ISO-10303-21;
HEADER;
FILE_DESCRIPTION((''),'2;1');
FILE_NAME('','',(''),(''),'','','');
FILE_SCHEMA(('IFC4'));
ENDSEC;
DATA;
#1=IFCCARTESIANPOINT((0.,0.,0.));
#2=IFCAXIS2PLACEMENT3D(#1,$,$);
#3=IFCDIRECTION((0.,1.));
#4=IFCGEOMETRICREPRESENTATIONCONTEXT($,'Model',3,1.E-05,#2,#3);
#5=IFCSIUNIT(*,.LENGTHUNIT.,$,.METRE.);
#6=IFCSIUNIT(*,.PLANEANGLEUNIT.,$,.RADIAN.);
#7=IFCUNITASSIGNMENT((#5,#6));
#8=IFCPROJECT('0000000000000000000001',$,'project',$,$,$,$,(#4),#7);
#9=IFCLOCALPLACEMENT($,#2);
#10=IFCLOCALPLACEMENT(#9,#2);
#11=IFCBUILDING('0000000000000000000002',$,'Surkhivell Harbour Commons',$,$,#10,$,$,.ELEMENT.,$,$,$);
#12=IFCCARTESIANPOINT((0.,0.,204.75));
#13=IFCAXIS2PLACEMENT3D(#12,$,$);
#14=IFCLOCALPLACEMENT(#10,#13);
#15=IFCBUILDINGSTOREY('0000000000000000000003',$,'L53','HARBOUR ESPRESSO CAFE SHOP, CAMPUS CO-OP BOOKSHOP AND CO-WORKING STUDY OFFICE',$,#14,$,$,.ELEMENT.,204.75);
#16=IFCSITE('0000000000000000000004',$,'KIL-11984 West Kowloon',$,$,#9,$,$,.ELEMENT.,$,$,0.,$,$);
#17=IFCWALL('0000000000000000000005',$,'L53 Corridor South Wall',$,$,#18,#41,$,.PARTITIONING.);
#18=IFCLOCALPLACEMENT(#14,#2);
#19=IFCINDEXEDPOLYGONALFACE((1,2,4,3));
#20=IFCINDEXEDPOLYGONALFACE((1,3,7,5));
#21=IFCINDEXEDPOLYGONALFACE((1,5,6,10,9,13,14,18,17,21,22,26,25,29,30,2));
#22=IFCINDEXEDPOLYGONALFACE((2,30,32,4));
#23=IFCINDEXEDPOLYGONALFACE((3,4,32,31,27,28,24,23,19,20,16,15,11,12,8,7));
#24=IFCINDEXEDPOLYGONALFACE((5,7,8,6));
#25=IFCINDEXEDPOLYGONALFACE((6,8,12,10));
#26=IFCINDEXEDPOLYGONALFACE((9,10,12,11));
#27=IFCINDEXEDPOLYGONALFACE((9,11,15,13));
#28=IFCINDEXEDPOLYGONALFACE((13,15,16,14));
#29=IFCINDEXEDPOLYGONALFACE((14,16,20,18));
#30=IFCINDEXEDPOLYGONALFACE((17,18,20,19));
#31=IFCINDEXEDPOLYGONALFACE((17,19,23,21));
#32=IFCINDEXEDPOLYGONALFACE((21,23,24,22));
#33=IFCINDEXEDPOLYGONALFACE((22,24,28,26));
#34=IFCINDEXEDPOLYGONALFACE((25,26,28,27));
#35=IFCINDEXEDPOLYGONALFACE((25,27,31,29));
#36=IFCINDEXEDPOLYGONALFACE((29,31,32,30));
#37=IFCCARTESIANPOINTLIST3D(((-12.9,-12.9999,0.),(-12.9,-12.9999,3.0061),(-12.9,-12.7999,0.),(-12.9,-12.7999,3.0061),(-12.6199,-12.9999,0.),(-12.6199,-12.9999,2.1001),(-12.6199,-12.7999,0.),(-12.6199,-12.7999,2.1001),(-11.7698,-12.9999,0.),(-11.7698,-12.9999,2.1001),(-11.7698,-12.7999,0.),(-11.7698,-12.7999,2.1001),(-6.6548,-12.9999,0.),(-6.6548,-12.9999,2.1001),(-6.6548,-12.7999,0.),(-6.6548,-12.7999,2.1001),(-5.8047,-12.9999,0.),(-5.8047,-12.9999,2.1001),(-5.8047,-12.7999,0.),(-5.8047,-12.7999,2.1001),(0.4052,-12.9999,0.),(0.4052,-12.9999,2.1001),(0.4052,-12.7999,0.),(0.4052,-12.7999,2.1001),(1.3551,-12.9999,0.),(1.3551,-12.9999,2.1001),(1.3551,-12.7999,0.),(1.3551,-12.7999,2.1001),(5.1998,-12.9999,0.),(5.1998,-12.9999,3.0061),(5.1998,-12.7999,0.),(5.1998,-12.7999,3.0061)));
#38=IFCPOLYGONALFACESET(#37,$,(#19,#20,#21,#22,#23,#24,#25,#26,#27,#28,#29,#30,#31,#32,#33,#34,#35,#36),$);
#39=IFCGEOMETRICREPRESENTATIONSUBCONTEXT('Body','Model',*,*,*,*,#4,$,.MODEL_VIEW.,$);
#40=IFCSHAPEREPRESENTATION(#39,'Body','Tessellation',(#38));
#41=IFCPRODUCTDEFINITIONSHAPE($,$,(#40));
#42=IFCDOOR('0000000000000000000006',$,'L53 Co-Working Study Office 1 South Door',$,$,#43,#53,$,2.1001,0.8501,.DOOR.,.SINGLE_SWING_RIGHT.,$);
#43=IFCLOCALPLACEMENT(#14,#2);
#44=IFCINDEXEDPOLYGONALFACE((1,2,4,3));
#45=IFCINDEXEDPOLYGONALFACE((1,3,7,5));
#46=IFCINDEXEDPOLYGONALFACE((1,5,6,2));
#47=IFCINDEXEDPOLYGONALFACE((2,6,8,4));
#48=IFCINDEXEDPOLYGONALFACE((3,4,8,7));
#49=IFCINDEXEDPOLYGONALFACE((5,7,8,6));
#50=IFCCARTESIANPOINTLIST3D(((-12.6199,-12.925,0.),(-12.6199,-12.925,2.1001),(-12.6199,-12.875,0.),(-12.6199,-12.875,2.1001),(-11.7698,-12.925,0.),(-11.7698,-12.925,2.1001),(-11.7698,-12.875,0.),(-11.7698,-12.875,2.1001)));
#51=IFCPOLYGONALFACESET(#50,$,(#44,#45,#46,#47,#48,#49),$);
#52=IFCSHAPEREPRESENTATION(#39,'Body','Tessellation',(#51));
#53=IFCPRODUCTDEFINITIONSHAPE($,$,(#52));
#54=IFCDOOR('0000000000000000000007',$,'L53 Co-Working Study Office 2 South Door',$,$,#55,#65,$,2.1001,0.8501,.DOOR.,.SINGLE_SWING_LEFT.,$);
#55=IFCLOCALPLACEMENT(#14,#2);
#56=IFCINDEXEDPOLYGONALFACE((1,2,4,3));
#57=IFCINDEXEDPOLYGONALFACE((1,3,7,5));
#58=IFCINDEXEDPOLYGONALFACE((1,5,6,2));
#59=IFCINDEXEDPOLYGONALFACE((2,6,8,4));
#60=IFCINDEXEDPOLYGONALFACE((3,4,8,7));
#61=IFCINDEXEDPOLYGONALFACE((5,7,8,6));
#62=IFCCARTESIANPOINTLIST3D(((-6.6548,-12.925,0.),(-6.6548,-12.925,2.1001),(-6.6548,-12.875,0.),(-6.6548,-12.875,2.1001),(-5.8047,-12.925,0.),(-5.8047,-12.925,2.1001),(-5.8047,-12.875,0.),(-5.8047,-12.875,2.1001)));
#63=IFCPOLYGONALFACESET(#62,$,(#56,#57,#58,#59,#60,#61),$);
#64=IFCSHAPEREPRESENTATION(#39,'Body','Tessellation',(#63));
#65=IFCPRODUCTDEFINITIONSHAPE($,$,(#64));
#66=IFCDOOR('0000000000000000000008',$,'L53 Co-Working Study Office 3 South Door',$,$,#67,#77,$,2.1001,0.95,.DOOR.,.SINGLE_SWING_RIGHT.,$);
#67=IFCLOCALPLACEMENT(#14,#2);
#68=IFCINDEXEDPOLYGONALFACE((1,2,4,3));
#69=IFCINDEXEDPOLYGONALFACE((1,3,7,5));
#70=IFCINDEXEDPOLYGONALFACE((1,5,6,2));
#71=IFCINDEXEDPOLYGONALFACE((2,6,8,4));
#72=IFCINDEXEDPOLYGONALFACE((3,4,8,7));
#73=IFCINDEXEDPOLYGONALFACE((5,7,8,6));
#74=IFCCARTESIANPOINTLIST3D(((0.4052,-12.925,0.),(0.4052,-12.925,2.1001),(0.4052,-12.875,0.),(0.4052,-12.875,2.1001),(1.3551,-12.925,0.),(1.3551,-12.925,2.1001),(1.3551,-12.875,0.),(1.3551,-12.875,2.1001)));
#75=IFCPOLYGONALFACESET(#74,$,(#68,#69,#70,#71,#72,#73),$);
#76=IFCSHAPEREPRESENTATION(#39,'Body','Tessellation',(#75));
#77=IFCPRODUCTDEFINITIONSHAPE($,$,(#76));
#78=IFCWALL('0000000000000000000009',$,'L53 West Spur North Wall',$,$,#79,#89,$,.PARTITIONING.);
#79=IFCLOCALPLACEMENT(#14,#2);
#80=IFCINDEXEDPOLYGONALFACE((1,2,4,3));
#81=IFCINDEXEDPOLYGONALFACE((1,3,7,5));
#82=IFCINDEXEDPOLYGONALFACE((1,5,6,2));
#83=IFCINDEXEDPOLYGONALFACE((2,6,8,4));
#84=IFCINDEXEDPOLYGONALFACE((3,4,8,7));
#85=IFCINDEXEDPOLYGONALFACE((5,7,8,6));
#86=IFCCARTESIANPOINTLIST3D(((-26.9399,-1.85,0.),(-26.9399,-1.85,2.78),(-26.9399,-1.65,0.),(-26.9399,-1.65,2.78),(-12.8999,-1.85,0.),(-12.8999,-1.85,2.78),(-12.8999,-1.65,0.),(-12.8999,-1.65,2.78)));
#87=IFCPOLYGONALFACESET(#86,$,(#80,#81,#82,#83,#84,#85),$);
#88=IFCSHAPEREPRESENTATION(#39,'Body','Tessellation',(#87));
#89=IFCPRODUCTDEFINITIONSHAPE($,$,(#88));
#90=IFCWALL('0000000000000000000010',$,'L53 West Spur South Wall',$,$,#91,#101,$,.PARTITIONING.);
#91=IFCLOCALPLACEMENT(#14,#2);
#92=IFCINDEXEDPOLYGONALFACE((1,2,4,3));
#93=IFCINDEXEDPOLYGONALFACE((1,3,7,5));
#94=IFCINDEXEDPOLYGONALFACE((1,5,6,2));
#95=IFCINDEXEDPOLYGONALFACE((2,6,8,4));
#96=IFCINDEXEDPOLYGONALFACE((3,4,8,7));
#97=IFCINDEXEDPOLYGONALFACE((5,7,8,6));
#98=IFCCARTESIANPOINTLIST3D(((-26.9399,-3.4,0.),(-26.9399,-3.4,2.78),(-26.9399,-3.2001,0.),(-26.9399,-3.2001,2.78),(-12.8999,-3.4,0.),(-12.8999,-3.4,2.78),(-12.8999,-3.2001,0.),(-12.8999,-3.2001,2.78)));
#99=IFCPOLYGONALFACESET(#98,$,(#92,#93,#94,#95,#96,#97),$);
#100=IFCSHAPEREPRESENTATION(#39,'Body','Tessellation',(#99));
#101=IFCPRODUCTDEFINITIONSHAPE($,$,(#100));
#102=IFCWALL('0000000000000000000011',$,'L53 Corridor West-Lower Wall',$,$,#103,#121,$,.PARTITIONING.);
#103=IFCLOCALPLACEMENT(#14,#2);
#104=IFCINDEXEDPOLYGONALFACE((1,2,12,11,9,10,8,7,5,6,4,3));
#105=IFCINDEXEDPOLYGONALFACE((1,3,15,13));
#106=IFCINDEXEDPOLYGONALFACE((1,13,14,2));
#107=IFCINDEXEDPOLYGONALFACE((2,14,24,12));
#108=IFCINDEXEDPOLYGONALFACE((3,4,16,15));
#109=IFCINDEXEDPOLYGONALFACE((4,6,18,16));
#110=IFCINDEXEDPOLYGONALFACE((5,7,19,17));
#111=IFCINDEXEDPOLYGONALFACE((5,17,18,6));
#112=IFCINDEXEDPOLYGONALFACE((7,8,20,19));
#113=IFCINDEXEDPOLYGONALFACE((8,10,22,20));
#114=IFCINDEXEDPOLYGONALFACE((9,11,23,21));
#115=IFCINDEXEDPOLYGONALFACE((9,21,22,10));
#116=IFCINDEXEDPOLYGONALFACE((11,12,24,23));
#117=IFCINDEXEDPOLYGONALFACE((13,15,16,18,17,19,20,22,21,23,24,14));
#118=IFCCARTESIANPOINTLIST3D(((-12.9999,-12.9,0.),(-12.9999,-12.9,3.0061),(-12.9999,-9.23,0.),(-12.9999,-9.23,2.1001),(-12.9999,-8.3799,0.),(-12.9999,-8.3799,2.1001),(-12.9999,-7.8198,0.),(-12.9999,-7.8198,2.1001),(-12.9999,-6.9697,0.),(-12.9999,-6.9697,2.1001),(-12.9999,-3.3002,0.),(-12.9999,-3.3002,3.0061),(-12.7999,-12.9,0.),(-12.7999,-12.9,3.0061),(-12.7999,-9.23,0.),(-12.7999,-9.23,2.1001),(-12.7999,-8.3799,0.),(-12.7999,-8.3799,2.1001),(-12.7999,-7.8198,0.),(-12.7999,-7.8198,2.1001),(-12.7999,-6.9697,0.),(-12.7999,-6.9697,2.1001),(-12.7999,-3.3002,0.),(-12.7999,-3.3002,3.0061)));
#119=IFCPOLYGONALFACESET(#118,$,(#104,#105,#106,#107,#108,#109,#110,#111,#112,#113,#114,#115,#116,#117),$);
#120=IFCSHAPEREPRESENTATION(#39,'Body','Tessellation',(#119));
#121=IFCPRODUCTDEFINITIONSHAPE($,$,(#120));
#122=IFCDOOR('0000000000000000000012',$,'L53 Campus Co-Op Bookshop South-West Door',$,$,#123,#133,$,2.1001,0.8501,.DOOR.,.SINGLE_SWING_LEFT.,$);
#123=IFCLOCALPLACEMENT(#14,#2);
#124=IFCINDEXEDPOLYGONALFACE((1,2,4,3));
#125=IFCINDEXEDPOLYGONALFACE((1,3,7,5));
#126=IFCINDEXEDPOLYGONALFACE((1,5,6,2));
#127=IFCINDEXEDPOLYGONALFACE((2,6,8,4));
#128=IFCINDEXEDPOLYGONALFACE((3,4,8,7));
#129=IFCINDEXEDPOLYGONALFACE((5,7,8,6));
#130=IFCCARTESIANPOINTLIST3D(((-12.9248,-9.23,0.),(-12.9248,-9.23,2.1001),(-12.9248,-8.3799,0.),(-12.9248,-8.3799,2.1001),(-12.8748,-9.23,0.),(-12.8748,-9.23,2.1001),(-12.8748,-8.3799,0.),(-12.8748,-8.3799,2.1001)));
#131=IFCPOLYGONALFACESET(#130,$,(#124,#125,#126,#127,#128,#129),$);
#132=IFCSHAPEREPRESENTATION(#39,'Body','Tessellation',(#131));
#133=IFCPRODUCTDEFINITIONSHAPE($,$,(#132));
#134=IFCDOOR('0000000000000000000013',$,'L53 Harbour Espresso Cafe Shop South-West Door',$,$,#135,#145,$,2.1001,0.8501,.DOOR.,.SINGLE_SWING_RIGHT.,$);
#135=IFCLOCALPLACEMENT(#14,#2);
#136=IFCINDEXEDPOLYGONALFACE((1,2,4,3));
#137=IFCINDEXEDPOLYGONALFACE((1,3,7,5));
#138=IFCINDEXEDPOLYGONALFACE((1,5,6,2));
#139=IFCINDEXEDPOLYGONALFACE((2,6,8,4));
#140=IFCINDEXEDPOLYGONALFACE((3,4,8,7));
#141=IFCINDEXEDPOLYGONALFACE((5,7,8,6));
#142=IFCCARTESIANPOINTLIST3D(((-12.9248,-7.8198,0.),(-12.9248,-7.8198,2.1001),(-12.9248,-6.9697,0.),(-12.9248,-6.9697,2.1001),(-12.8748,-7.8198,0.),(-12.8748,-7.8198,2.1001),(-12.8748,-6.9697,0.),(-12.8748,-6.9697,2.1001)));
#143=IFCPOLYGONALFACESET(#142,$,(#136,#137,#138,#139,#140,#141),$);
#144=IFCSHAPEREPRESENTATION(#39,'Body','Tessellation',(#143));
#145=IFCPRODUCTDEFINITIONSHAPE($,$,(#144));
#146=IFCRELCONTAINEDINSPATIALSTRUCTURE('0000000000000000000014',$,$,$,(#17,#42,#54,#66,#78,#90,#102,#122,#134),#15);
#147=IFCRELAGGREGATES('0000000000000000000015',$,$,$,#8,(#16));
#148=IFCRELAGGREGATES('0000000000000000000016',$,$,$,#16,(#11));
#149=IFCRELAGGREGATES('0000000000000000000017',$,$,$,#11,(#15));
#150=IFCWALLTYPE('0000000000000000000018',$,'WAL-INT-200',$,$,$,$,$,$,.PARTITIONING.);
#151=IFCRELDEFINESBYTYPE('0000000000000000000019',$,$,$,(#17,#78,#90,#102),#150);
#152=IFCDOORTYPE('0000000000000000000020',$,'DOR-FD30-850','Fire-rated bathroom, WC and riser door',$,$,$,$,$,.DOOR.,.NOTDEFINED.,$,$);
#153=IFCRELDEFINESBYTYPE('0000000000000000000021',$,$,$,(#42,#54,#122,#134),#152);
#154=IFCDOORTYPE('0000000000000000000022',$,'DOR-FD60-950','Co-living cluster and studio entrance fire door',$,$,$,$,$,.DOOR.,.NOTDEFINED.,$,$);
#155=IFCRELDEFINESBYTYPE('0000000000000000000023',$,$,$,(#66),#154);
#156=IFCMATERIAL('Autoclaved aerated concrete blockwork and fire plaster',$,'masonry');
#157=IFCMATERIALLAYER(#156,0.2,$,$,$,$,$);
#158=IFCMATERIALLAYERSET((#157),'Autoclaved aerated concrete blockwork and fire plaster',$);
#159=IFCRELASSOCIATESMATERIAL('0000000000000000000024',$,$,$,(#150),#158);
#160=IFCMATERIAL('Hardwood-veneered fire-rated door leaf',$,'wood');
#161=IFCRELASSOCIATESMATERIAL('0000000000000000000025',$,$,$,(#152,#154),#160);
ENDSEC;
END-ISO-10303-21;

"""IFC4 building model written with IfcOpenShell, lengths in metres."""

from ifc_helpers import new_model, si_unit, direction, frame, frame_2d, origin, place, context, subcontext, project, spatial, rectangle, extrude, material, layer, layer_set, type_object, element, fill, save


model = new_model("IFC4")

# Units and contexts
model_context = context("Model", 3, precision=1e-05, world=origin(), true_north=direction((0.0, 1.0)))
body_context = subcontext(model_context, "Body", "Model", "MODEL_VIEW")
ifc_project = project(units=[si_unit("LENGTHUNIT", "METRE"), si_unit("PLANEANGLEUNIT", "RADIAN")], contexts=[model_context])

# Site, building, storey
site_placement = place(None, origin())
site = spatial("IfcSite", under=ifc_project, at=site_placement, Name="KIL-11984 West Kowloon", CompositionType="ELEMENT", RefElevation=0.0)
building_placement = place(site_placement, origin())
building = spatial("IfcBuilding", under=site, at=building_placement, Name="Surkhivell Harbour Commons", CompositionType="ELEMENT")
storey_placement = place(building_placement, frame((0.0, 0.0, 204.75)))
storey = spatial("IfcBuildingStorey", under=building, at=storey_placement, Name="L53", Description="HARBOUR ESPRESSO CAFE SHOP, CAMPUS CO-OP BOOKSHOP AND CO-WORKING STUDY OFFICE", CompositionType="ELEMENT", Elevation=204.75)

# Wall, openings, doors
ifc_material_1 = material(Name="Autoclaved aerated concrete blockwork and fire plaster", Category="masonry")
ifc_layer_1 = layer(ifc_material_1, 0.2)
ifc_layer_set_1 = layer_set([ifc_layer_1], Name="Autoclaved aerated concrete blockwork and fire plaster")
wall_type_1 = type_object("IfcWallType", Name="WAL-INT-200", PredefinedType="PARTITIONING", material=ifc_layer_set_1)
wall_1_placement = place(storey_placement, frame((-12.8999, -12.8999, 0.0), z_axis=(0.0, 0.0, 1.0), x_axis=(1.0, 0.0, 0.0)))
wall_1 = element("IfcWall", 1, at=wall_1_placement, inside=storey, type_object=wall_type_1, Name="L53 Corridor South Wall", PredefinedType="PARTITIONING", context=body_context, shape_type="SweptSolid", body=[
    extrude(rectangle(XDim=18.0999, YDim=0.2, at=frame_2d((9.0498, 0.0))), origin(), (0.0, 0.0, 1.0), 3.0061),
])
opening_1_placement = place(wall_1_placement, frame((0.28, 0.0, 0.0)))
opening_1 = element("IfcOpeningElement", 2, at=opening_1_placement, cuts=wall_1, PredefinedType="OPENING", context=body_context, shape_type="SweptSolid", body=[
    extrude(rectangle(XDim=0.8501, YDim=2.1001, at=frame_2d((0.425, 1.05))), frame((0.0, 0.1099, 0.0), z_axis=(0.0, -1.0, 0.0), x_axis=(1.0, 0.0, 0.0)), (0.0, 0.0, 1.0), 0.22),
])
opening_2_placement = place(wall_1_placement, frame((6.2451, 0.0, 0.0)))
opening_2 = element("IfcOpeningElement", 3, at=opening_2_placement, cuts=wall_1, PredefinedType="OPENING", context=body_context, shape_type="SweptSolid", body=[
    extrude(rectangle(XDim=0.8501, YDim=2.1001, at=frame_2d((0.425, 1.05))), frame((0.0, 0.1099, 0.0), z_axis=(0.0, -1.0, 0.0), x_axis=(1.0, 0.0, 0.0)), (0.0, 0.0, 1.0), 0.22),
])
opening_3_placement = place(wall_1_placement, frame((13.3049, 0.0, 0.0)))
opening_3 = element("IfcOpeningElement", 4, at=opening_3_placement, cuts=wall_1, PredefinedType="OPENING", context=body_context, shape_type="SweptSolid", body=[
    extrude(rectangle(XDim=0.95, YDim=2.1001, at=frame_2d((0.4751, 1.05))), frame((0.0, 0.1099, 0.0), z_axis=(0.0, -1.0, 0.0), x_axis=(1.0, 0.0, 0.0)), (0.0, 0.0, 1.0), 0.22),
])
ifc_material_2 = material(Name="Hardwood-veneered fire-rated door leaf", Category="wood")
door_type_1 = type_object("IfcDoorType", Name="DOR-FD30-850", Description="Fire-rated bathroom, WC and riser door", OperationType="NOTDEFINED", PredefinedType="DOOR", material=ifc_material_2)
door_1_placement = place(opening_1_placement, origin())
door_1 = element("IfcDoor", 5, at=door_1_placement, inside=storey, type_object=door_type_1, Name="L53 Co-Working Study Office 1 South Door", OperationType="SINGLE_SWING_RIGHT", OverallHeight=2.1001, OverallWidth=0.8501, PredefinedType="DOOR", context=body_context, shape_type="SweptSolid", body=[
    extrude(rectangle(XDim=0.8501, YDim=2.1001, at=frame_2d((0.425, 1.05))), frame((0.0, 0.0249, 0.0), z_axis=(0.0, -1.0, 0.0), x_axis=(1.0, 0.0, 0.0)), (0.0, 0.0, 1.0), 0.05),
])
fill(opening_1, door_1)
door_2_placement = place(opening_2_placement, origin())
door_2 = element("IfcDoor", 6, at=door_2_placement, inside=storey, type_object=door_type_1, Name="L53 Co-Working Study Office 2 South Door", OperationType="SINGLE_SWING_LEFT", OverallHeight=2.1001, OverallWidth=0.8501, PredefinedType="DOOR", context=body_context, shape_type="SweptSolid", body=[
    extrude(rectangle(XDim=0.8501, YDim=2.1001, at=frame_2d((0.425, 1.05))), frame((0.0, 0.0249, 0.0), z_axis=(0.0, -1.0, 0.0), x_axis=(1.0, 0.0, 0.0)), (0.0, 0.0, 1.0), 0.05),
])
fill(opening_2, door_2)
door_type_2 = type_object("IfcDoorType", Name="DOR-FD60-950", Description="Co-living cluster and studio entrance fire door", OperationType="NOTDEFINED", PredefinedType="DOOR", material=ifc_material_2)
door_3_placement = place(opening_3_placement, origin())
door_3 = element("IfcDoor", 7, at=door_3_placement, inside=storey, type_object=door_type_2, Name="L53 Co-Working Study Office 3 South Door", OperationType="SINGLE_SWING_RIGHT", OverallHeight=2.1001, OverallWidth=0.95, PredefinedType="DOOR", context=body_context, shape_type="SweptSolid", body=[
    extrude(rectangle(XDim=0.95, YDim=2.1001, at=frame_2d((0.4751, 1.05))), frame((0.0, 0.0249, 0.0), z_axis=(0.0, -1.0, 0.0), x_axis=(1.0, 0.0, 0.0)), (0.0, 0.0, 1.0), 0.05),
])
fill(opening_3, door_3)

# Walls
for number, where, z_axis, x_axis, name in (
    (8, (-26.9399, -1.75, 0.0), (0.0, 0.0, 1.0), (1.0, 0.0, 0.0), "L53 West Spur North Wall"),
    (9, (-26.9399, -3.3, 0.0), (0.0, 0.0, 1.0), (1.0, 0.0, 0.0), "L53 West Spur South Wall"),
):
    element("IfcWall", number, at=place(storey_placement, frame(where, z_axis=z_axis, x_axis=x_axis)), inside=storey, type_object=wall_type_1, Name=name, PredefinedType="PARTITIONING", context=body_context, shape_type="SweptSolid", body=[
        extrude(rectangle(XDim=14.04, YDim=0.2, at=frame_2d((7.02, 0.0))), origin(), (0.0, 0.0, 1.0), 2.78),
    ])

# Wall, openings, doors
wall_2_placement = place(storey_placement, frame((-12.8999, -12.8999, 0.0), z_axis=(0.0, 0.0, 1.0), x_axis=(0.0, 1.0, 0.0)))
wall_2 = element("IfcWall", 10, at=wall_2_placement, inside=storey, type_object=wall_type_1, Name="L53 Corridor West-Lower Wall", PredefinedType="PARTITIONING", context=body_context, shape_type="SweptSolid", body=[
    extrude(rectangle(XDim=9.5999, YDim=0.2, at=frame_2d((4.7998, 0.0))), origin(), (0.0, 0.0, 1.0), 3.0061),
])
opening_4_placement = place(wall_2_placement, frame((3.6699, 0.0, 0.0)))
opening_4 = element("IfcOpeningElement", 11, at=opening_4_placement, cuts=wall_2, PredefinedType="OPENING", context=body_context, shape_type="SweptSolid", body=[
    extrude(rectangle(XDim=0.8501, YDim=2.1001, at=frame_2d((0.425, 1.05))), frame((0.0, 0.1099, 0.0), z_axis=(0.0, -1.0, 0.0), x_axis=(1.0, 0.0, 0.0)), (0.0, 0.0, 1.0), 0.22),
])
opening_5_placement = place(wall_2_placement, frame((5.0801, 0.0, 0.0)))
opening_5 = element("IfcOpeningElement", 12, at=opening_5_placement, cuts=wall_2, PredefinedType="OPENING", context=body_context, shape_type="SweptSolid", body=[
    extrude(rectangle(XDim=0.8501, YDim=2.1001, at=frame_2d((0.425, 1.05))), frame((0.0, 0.1099, 0.0), z_axis=(0.0, -1.0, 0.0), x_axis=(1.0, 0.0, 0.0)), (0.0, 0.0, 1.0), 0.22),
])
door_4_placement = place(opening_4_placement, origin())
door_4 = element("IfcDoor", 13, at=door_4_placement, inside=storey, type_object=door_type_1, Name="L53 Campus Co-Op Bookshop South-West Door", OperationType="SINGLE_SWING_LEFT", OverallHeight=2.1001, OverallWidth=0.8501, PredefinedType="DOOR", context=body_context, shape_type="SweptSolid", body=[
    extrude(rectangle(XDim=0.8501, YDim=2.1001, at=frame_2d((0.425, 1.05))), frame((0.0, 0.0249, 0.0), z_axis=(0.0, -1.0, 0.0), x_axis=(1.0, 0.0, 0.0)), (0.0, 0.0, 1.0), 0.05),
])
fill(opening_4, door_4)
door_5_placement = place(opening_5_placement, origin())
door_5 = element("IfcDoor", 14, at=door_5_placement, inside=storey, type_object=door_type_1, Name="L53 Harbour Espresso Cafe Shop South-West Door", OperationType="SINGLE_SWING_RIGHT", OverallHeight=2.1001, OverallWidth=0.8501, PredefinedType="DOOR", context=body_context, shape_type="SweptSolid", body=[
    extrude(rectangle(XDim=0.8501, YDim=2.1001, at=frame_2d((0.425, 1.05))), frame((0.0, 0.0249, 0.0), z_axis=(0.0, -1.0, 0.0), x_axis=(1.0, 0.0, 0.0)), (0.0, 0.0, 1.0), 0.05),
])
fill(opening_5, door_5)

save(model, "model.ifc")
